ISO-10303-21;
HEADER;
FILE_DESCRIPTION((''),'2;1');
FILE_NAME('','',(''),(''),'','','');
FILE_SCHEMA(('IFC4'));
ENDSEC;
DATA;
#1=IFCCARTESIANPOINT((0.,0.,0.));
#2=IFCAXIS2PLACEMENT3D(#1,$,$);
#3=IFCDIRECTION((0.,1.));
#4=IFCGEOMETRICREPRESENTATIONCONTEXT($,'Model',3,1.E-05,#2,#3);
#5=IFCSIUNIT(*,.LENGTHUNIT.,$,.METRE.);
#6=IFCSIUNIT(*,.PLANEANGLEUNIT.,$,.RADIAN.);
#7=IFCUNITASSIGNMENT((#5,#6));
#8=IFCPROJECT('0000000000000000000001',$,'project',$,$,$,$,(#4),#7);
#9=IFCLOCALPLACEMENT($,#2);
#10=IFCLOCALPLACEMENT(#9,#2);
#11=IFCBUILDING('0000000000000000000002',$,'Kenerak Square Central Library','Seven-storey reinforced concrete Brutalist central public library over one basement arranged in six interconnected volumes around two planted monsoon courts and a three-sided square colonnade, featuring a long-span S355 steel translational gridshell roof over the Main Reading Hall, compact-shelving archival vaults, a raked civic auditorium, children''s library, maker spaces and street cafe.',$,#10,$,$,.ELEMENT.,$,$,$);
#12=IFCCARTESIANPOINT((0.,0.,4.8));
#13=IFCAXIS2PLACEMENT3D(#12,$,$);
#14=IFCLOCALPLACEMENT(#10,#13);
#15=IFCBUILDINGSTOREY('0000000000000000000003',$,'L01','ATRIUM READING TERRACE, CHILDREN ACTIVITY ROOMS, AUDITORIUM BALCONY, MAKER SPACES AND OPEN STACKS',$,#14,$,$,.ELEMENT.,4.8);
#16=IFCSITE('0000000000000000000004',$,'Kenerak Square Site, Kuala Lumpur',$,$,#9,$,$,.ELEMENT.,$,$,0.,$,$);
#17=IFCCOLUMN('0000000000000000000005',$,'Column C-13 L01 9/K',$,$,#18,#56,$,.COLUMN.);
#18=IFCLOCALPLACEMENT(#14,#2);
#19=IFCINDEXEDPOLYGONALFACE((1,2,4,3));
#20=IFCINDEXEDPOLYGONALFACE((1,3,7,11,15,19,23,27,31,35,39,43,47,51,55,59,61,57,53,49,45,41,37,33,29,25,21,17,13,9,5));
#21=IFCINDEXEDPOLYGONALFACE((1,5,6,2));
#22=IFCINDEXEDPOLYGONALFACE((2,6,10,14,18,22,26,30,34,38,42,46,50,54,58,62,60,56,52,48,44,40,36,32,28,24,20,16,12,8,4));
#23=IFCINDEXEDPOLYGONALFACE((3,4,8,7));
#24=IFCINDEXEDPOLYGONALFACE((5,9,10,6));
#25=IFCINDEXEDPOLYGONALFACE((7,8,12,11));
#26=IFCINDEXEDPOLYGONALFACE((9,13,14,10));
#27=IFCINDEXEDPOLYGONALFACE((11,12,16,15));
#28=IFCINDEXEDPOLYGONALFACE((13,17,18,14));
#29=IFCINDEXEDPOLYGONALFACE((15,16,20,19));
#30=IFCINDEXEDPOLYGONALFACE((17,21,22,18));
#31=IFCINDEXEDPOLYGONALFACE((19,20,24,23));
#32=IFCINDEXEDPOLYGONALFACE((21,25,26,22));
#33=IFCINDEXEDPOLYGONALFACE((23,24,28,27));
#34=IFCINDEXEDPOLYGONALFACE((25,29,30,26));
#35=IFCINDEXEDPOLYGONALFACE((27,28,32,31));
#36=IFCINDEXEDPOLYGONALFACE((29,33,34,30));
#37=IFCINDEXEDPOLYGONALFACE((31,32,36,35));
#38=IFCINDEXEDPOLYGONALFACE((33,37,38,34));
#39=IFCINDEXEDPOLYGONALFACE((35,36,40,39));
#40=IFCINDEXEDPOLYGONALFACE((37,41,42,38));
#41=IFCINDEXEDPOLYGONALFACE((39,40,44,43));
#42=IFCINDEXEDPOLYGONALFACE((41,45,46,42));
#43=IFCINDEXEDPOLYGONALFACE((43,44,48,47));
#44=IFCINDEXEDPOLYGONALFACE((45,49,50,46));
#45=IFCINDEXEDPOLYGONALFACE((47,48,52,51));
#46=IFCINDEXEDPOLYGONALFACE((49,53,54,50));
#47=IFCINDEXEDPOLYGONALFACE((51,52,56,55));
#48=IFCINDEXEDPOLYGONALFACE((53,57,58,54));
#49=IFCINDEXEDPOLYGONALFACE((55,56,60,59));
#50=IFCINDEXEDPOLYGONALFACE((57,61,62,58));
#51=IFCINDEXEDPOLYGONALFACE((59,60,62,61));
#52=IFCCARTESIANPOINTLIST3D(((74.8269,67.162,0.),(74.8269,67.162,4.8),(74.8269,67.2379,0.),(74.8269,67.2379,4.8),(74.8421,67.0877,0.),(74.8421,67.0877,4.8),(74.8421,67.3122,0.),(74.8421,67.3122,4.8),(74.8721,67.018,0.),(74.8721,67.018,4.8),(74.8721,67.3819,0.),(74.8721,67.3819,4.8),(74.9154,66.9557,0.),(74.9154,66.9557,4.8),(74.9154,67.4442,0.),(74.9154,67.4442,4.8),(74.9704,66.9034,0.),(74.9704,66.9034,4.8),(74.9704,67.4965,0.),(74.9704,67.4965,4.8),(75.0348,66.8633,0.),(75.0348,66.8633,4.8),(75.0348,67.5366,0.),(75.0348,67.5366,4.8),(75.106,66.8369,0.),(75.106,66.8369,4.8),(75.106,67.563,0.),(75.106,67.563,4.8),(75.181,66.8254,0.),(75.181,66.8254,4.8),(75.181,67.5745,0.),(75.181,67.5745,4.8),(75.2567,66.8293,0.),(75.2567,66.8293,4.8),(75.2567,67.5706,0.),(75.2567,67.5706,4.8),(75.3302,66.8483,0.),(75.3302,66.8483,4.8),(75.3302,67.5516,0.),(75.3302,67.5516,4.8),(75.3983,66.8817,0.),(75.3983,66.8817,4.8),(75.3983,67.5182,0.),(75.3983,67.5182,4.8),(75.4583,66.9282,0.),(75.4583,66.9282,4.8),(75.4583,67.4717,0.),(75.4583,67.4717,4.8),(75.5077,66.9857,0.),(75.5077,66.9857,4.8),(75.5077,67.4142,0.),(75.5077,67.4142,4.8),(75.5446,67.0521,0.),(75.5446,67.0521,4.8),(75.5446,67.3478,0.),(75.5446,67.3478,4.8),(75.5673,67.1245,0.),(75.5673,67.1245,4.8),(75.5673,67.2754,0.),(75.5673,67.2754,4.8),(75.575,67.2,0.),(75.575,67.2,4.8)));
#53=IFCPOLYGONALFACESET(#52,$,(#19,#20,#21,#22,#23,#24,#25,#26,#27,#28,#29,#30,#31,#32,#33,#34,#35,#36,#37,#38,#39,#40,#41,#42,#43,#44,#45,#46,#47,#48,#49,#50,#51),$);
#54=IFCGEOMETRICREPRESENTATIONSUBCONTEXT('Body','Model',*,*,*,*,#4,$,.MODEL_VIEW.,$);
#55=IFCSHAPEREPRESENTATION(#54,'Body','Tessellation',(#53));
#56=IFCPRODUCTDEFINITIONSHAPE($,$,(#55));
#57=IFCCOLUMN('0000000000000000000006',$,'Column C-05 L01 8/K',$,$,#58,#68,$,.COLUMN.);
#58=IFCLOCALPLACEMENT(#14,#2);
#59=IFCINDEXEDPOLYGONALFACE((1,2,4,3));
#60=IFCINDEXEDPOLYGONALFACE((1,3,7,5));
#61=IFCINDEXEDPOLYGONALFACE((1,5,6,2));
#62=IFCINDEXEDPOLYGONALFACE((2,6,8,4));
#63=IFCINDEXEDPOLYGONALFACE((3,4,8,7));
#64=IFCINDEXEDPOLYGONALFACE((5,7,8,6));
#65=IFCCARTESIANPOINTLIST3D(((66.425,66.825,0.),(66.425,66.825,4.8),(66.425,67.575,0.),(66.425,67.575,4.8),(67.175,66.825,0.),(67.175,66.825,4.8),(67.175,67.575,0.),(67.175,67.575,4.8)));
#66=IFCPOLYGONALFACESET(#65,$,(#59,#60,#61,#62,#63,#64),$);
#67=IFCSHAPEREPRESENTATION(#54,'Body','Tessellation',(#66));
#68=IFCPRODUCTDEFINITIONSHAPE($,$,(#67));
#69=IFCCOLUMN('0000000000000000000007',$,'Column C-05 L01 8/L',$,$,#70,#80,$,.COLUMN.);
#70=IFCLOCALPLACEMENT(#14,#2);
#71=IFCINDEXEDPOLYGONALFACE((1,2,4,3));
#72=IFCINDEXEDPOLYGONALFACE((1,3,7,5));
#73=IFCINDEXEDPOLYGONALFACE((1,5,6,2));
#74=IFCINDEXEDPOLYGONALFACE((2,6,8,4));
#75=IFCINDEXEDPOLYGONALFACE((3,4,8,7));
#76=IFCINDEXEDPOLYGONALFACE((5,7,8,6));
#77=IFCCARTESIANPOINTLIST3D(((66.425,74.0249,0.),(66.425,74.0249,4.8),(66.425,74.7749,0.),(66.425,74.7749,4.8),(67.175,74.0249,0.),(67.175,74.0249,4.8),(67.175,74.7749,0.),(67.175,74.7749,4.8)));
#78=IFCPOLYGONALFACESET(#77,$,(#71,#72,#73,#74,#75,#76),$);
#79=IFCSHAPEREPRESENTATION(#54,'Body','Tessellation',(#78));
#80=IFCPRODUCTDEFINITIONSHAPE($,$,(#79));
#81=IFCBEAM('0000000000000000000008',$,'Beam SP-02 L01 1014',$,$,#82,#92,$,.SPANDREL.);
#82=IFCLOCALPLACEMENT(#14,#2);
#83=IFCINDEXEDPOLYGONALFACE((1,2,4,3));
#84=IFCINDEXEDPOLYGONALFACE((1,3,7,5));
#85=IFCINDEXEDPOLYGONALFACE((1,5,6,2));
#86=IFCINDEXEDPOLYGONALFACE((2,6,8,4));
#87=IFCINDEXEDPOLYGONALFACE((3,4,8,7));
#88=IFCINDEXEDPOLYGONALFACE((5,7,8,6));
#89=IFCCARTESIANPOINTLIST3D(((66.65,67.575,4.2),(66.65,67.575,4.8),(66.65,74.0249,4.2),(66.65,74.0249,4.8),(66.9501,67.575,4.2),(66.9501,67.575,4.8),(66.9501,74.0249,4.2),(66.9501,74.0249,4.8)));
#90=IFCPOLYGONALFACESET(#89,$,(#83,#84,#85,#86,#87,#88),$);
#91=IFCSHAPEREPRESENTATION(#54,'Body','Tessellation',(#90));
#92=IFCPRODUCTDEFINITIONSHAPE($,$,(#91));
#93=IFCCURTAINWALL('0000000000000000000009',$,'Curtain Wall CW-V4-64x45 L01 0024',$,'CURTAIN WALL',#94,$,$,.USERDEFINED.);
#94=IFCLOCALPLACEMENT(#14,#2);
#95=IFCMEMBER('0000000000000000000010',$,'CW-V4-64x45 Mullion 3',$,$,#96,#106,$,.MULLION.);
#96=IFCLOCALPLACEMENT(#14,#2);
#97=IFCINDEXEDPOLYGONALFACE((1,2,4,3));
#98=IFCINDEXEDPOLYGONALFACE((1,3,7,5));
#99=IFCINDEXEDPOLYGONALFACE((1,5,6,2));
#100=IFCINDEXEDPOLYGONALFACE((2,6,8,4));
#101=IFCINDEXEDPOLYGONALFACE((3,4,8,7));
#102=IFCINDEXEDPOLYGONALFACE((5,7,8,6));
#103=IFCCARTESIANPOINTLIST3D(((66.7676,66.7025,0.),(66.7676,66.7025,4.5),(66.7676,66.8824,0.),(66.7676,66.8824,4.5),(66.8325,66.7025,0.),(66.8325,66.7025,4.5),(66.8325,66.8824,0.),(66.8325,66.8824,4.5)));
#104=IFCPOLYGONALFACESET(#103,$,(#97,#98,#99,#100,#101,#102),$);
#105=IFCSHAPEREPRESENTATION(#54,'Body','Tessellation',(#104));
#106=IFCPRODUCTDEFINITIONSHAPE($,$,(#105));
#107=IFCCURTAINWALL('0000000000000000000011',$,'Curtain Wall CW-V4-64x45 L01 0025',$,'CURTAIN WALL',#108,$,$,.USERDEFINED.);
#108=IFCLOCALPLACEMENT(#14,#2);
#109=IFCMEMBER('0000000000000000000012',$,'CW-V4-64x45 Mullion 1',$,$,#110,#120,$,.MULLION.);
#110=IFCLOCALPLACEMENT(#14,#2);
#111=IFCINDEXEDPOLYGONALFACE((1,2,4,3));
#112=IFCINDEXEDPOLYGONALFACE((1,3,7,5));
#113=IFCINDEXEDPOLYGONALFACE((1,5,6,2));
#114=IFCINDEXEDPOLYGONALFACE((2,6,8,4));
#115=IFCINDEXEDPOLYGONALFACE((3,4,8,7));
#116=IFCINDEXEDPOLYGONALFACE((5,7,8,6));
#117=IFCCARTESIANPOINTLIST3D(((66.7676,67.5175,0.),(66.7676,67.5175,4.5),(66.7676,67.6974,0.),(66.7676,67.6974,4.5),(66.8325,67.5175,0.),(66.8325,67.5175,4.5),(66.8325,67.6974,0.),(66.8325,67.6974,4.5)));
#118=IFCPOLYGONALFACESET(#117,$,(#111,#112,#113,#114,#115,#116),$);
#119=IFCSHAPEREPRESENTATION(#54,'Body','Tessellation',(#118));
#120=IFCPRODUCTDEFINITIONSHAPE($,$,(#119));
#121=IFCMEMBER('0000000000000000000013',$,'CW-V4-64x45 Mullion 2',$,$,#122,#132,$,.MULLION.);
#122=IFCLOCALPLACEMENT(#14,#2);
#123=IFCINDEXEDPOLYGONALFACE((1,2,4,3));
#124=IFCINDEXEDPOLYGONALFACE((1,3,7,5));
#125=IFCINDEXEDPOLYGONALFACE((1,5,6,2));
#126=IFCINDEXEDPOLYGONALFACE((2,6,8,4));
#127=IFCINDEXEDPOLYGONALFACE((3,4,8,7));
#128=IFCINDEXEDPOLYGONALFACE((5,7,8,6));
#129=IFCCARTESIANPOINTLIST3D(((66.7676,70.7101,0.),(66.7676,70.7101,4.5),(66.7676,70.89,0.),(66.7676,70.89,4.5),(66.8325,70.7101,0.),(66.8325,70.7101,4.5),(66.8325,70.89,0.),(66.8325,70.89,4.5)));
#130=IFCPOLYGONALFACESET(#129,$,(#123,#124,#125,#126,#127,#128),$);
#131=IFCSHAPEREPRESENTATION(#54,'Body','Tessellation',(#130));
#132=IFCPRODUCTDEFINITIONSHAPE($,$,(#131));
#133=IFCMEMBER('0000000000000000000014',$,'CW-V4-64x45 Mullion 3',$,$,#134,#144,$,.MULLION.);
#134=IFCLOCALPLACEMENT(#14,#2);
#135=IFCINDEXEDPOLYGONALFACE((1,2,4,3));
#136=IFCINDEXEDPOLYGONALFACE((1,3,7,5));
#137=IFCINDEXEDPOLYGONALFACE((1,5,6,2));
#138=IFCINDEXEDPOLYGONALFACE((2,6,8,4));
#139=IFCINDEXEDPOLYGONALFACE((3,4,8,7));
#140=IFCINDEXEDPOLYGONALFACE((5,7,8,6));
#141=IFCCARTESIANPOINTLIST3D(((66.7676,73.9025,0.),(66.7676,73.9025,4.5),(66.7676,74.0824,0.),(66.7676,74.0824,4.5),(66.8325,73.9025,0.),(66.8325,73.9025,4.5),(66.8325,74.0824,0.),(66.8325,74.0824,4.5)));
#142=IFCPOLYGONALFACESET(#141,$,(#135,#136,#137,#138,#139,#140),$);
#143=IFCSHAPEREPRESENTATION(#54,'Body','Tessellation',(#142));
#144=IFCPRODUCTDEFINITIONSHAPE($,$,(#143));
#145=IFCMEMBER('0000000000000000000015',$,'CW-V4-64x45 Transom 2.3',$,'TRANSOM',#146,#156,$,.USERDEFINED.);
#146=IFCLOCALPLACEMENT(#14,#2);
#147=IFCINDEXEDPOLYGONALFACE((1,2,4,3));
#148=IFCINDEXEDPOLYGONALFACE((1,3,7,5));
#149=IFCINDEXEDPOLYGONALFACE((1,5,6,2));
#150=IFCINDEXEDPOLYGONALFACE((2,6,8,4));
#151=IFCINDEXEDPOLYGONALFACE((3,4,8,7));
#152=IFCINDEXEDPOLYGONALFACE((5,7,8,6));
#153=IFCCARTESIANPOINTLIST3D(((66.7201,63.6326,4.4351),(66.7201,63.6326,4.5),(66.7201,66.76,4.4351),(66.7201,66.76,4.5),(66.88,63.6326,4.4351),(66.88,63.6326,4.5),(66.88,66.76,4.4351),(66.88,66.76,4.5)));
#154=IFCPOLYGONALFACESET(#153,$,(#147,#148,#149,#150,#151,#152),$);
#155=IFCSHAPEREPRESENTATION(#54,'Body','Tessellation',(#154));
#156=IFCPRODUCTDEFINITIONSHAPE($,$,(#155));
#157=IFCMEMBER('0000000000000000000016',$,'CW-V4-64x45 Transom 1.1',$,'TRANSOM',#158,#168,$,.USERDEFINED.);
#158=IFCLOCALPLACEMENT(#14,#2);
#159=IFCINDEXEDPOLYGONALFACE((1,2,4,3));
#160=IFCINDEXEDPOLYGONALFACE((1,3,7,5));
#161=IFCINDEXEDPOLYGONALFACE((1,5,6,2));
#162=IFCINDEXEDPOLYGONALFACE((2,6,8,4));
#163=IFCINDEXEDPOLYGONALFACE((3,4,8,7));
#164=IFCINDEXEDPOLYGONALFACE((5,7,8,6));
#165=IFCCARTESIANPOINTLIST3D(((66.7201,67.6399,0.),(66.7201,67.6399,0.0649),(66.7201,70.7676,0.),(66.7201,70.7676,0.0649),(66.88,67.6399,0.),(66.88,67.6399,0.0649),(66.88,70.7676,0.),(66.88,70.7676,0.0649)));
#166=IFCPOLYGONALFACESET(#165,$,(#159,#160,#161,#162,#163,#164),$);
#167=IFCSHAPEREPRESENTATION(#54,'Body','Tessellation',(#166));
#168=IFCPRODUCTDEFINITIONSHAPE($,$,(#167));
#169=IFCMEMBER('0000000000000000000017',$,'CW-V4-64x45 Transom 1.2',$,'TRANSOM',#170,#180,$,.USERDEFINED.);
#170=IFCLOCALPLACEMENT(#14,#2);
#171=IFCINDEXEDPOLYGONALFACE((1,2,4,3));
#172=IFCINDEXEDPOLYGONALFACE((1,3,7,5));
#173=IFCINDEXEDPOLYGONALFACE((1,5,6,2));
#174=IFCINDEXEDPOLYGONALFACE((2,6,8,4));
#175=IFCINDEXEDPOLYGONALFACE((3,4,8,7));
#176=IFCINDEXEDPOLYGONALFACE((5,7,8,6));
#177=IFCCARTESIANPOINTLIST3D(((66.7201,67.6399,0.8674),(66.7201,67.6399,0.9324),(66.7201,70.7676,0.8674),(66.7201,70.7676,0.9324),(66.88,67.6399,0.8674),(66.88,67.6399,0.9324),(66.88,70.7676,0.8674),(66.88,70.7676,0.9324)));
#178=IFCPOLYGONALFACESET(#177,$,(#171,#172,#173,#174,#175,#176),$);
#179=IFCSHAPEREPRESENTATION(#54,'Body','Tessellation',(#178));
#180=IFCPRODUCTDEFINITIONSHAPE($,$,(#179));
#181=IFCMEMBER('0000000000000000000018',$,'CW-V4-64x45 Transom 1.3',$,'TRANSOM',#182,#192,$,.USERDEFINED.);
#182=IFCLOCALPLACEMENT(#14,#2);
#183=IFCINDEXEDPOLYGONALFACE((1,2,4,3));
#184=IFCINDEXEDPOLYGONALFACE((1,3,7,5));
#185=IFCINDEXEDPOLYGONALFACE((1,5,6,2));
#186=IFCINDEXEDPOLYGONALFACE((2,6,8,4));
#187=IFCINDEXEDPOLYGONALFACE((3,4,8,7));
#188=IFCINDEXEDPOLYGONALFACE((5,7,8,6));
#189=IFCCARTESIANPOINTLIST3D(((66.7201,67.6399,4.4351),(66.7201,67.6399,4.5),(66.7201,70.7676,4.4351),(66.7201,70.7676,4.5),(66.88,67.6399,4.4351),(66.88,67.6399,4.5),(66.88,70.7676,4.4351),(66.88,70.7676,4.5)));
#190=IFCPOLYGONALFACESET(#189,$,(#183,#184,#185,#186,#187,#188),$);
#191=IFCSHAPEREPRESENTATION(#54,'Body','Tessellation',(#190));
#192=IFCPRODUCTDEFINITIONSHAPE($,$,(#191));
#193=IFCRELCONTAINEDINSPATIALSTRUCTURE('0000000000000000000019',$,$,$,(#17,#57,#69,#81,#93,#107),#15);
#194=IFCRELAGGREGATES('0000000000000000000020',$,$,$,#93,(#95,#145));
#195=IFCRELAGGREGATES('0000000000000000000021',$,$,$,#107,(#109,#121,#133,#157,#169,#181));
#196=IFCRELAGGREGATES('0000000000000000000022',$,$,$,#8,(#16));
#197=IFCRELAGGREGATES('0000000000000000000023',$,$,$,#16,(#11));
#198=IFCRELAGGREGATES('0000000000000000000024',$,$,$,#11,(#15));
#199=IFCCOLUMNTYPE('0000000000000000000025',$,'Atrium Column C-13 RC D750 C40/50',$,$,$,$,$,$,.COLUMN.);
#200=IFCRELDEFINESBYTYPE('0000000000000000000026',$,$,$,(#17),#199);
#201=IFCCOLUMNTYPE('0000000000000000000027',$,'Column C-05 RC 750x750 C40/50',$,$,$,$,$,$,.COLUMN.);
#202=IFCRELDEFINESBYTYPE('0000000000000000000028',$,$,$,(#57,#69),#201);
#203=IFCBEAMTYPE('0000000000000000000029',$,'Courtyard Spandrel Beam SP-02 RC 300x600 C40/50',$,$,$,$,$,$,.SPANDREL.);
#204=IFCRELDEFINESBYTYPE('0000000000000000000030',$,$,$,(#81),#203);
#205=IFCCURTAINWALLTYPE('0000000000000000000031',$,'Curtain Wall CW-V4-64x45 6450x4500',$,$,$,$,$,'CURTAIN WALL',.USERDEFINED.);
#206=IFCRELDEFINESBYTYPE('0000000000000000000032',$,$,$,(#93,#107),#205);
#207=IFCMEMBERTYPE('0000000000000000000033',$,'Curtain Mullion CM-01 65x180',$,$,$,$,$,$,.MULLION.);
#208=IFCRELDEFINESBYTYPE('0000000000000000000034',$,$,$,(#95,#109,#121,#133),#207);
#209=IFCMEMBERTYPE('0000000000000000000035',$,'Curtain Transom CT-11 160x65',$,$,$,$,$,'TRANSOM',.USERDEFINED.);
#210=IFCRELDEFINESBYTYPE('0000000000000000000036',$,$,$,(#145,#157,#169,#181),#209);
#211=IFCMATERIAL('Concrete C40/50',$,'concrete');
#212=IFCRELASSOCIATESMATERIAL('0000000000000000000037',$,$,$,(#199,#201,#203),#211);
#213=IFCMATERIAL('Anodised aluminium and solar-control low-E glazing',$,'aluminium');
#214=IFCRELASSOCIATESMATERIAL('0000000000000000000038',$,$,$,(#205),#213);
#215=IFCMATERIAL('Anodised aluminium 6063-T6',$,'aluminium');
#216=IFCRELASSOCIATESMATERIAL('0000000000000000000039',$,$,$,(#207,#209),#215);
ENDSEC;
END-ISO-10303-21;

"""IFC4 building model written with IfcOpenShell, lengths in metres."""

from ifc_helpers import new_model, si_unit, direction, frame, origin, origin_2d, place, context, subcontext, project, spatial, rectangle, circle, extrude, material, material_profile, profile_set, type_object, element, aggregate, save


model = new_model("IFC4")

# Units and contexts
model_context = context("Model", 3, precision=1e-05, world=origin(), true_north=direction((0.0, 1.0)))
body_context = subcontext(model_context, "Body", "Model", "MODEL_VIEW")
ifc_project = project(units=[si_unit("LENGTHUNIT", "METRE"), si_unit("PLANEANGLEUNIT", "RADIAN")], contexts=[model_context])

# Site, building, storey
site_placement = place(None, origin())
site = spatial("IfcSite", under=ifc_project, at=site_placement, Name="Kenerak Square Site, Kuala Lumpur", CompositionType="ELEMENT", RefElevation=0.0)
building_placement = place(site_placement, origin())
building = spatial("IfcBuilding", under=site, at=building_placement, Name="Kenerak Square Central Library", Description="Seven-storey reinforced concrete Brutalist central public library over one basement arranged in six interconnected volumes around two planted monsoon courts and a three-sided square colonnade, featuring a long-span S355 steel translational gridshell roof over the Main Reading Hall, compact-shelving archival vaults, a raked civic auditorium, children's library, maker spaces and street cafe.", CompositionType="ELEMENT")
storey_placement = place(building_placement, frame((0.0, 0.0, 4.8)))
storey = spatial("IfcBuildingStorey", under=building, at=storey_placement, Name="L01", Description="ATRIUM READING TERRACE, CHILDREN ACTIVITY ROOMS, AUDITORIUM BALCONY, MAKER SPACES AND OPEN STACKS", CompositionType="ELEMENT", Elevation=4.8)

# Columns
ifc_material_1 = material(Name="Concrete C40/50", Category="concrete")
ifc_material_profile_1 = material_profile(ifc_material_1, circle(Radius=0.375, at=origin_2d()), Name="RC D750")
ifc_profile_set_1 = profile_set([ifc_material_profile_1], Name="Concrete C40/50")
column_type_1 = type_object("IfcColumnType", Name="Atrium Column C-13 RC D750 C40/50", PredefinedType="COLUMN", material=ifc_profile_set_1)
column_placement = place(storey_placement, frame((75.2, 67.2, 0.0), z_axis=(0.0, 0.0, 1.0), x_axis=(1.0, 0.0, 0.0)))
element("IfcColumn", 1, at=column_placement, inside=storey, type_object=column_type_1, Name="Column C-13 L01 9/K", PredefinedType="COLUMN", context=body_context, shape_type="SweptSolid", body=[
    extrude(circle(Radius=0.375, at=origin_2d()), origin(), (0.0, 0.0, 1.0), 4.8),
])
ifc_material_profile_2 = material_profile(ifc_material_1, rectangle(XDim=0.75, YDim=0.75, at=origin_2d()), Name="RC 750x750")
ifc_profile_set_2 = profile_set([ifc_material_profile_2], Name="Concrete C40/50")
column_type_2 = type_object("IfcColumnType", Name="Column C-05 RC 750x750 C40/50", PredefinedType="COLUMN", material=ifc_profile_set_2)
for number, where, z_axis, x_axis, name in (
    (2, (66.8, 67.2, 0.0), (0.0, 0.0, 1.0), (1.0, 0.0, 0.0), "Column C-05 L01 8/K"),
    (3, (66.8, 74.3999, 0.0), (0.0, 0.0, 1.0), (1.0, 0.0, 0.0), "Column C-05 L01 8/L"),
):
    element("IfcColumn", number, at=place(storey_placement, frame(where, z_axis=z_axis, x_axis=x_axis)), inside=storey, type_object=column_type_2, Name=name, PredefinedType="COLUMN", context=body_context, shape_type="SweptSolid", body=[
        extrude(rectangle(XDim=0.75, YDim=0.75, at=origin_2d()), origin(), (0.0, 0.0, 1.0), 4.8),
    ])

# Beam
ifc_material_profile_3 = material_profile(ifc_material_1, rectangle(XDim=0.3, YDim=0.6001, at=origin_2d()), Name="RC 300x600")
ifc_profile_set_3 = profile_set([ifc_material_profile_3], Name="Concrete C40/50")
beam_type_1 = type_object("IfcBeamType", Name="Courtyard Spandrel Beam SP-02 RC 300x600 C40/50", PredefinedType="SPANDREL", material=ifc_profile_set_3)
beam_1_placement = place(storey_placement, frame((66.8, 67.575, 4.5), z_axis=(0.0, 1.0, 0.0), x_axis=(-1.0, 0.0, 0.0)))
element("IfcBeam", 4, at=beam_1_placement, inside=storey, type_object=beam_type_1, Name="Beam SP-02 L01 1014", PredefinedType="SPANDREL", context=body_context, shape_type="SweptSolid", body=[
    extrude(rectangle(XDim=0.3, YDim=0.6001, at=origin_2d()), origin(), (0.0, 0.0, 1.0), 6.45),
])

# Curtain wall, member
ifc_material_2 = material(Name="Anodised aluminium and solar-control low-E glazing", Category="aluminium")
curtain_wall_type = type_object("IfcCurtainWallType", Name="Curtain Wall CW-V4-64x45 6450x4500", ElementType="CURTAIN WALL", PredefinedType="USERDEFINED", material=ifc_material_2)
curtain_wall_1_placement = place(storey_placement, origin())
curtain_wall_1 = element("IfcCurtainWall", 5, at=curtain_wall_1_placement, inside=storey, type_object=curtain_wall_type, Name="Curtain Wall CW-V4-64x45 L01 0024", ObjectType="CURTAIN WALL", PredefinedType="USERDEFINED")
ifc_material_3 = material(Name="Anodised aluminium 6063-T6", Category="aluminium")
ifc_material_profile_4 = material_profile(ifc_material_3, rectangle(XDim=0.0649, YDim=0.1799, at=origin_2d()), Name="AL MULLION 65x180")
ifc_profile_set_4 = profile_set([ifc_material_profile_4], Name="Anodised aluminium 6063-T6")
member_type_1 = type_object("IfcMemberType", Name="Curtain Mullion CM-01 65x180", PredefinedType="MULLION", material=ifc_profile_set_4)
member_1_placement = place(storey_placement, frame((66.8, 66.7925, 0.0), z_axis=(0.0, 0.0, 1.0), x_axis=(-1.0, 0.0, 0.0)))
member_1 = element("IfcMember", 6, at=member_1_placement, type_object=member_type_1, Name="CW-V4-64x45 Mullion 3", PredefinedType="MULLION", context=body_context, shape_type="SweptSolid", body=[
    extrude(rectangle(XDim=0.0649, YDim=0.1799, at=origin_2d()), origin(), (0.0, 0.0, 1.0), 4.5),
])

# Curtain wall, members
curtain_wall_2_placement = place(storey_placement, origin())
curtain_wall_2 = element("IfcCurtainWall", 7, at=curtain_wall_2_placement, inside=storey, type_object=curtain_wall_type, Name="Curtain Wall CW-V4-64x45 L01 0025", ObjectType="CURTAIN WALL", PredefinedType="USERDEFINED")
member_2_placement = place(storey_placement, frame((66.8, 67.6074, 0.0), z_axis=(0.0, 0.0, 1.0), x_axis=(-1.0, 0.0, 0.0)))
member_2 = element("IfcMember", 8, at=member_2_placement, type_object=member_type_1, Name="CW-V4-64x45 Mullion 1", PredefinedType="MULLION", context=body_context, shape_type="SweptSolid", body=[
    extrude(rectangle(XDim=0.0649, YDim=0.1799, at=origin_2d()), origin(), (0.0, 0.0, 1.0), 4.5),
])
member_3_placement = place(storey_placement, frame((66.8, 70.8, 0.0), z_axis=(0.0, 0.0, 1.0), x_axis=(-1.0, 0.0, 0.0)))
member_3 = element("IfcMember", 9, at=member_3_placement, type_object=member_type_1, Name="CW-V4-64x45 Mullion 2", PredefinedType="MULLION", context=body_context, shape_type="SweptSolid", body=[
    extrude(rectangle(XDim=0.0649, YDim=0.1799, at=origin_2d()), origin(), (0.0, 0.0, 1.0), 4.5),
])
member_4_placement = place(storey_placement, frame((66.8, 73.9924, 0.0), z_axis=(0.0, 0.0, 1.0), x_axis=(-1.0, 0.0, 0.0)))
member_4 = element("IfcMember", 10, at=member_4_placement, type_object=member_type_1, Name="CW-V4-64x45 Mullion 3", PredefinedType="MULLION", context=body_context, shape_type="SweptSolid", body=[
    extrude(rectangle(XDim=0.0649, YDim=0.1799, at=origin_2d()), origin(), (0.0, 0.0, 1.0), 4.5),
])

# Members
ifc_material_profile_5 = material_profile(ifc_material_3, rectangle(XDim=0.1599, YDim=0.0649, at=origin_2d()), Name="AL TRANSOM 160x65")
ifc_profile_set_5 = profile_set([ifc_material_profile_5], Name="Anodised aluminium 6063-T6")
member_type_2 = type_object("IfcMemberType", Name="Curtain Transom CT-11 160x65", ElementType="TRANSOM", PredefinedType="USERDEFINED", material=ifc_profile_set_5)
member_5_placement = place(storey_placement, frame((66.8, 63.6326, 4.4675), z_axis=(0.0, 1.0, 0.0), x_axis=(-1.0, 0.0, 0.0)))
member_5 = element("IfcMember", 11, at=member_5_placement, type_object=member_type_2, Name="CW-V4-64x45 Transom 2.3", ObjectType="TRANSOM", PredefinedType="USERDEFINED", context=body_context, shape_type="SweptSolid", body=[
    extrude(rectangle(XDim=0.1599, YDim=0.0649, at=origin_2d()), origin(), (0.0, 0.0, 1.0), 3.1274),
])
member_6_placement = place(storey_placement, frame((66.8, 67.6399, 0.0325), z_axis=(0.0, 1.0, 0.0), x_axis=(-1.0, 0.0, 0.0)))
member_6 = element("IfcMember", 12, at=member_6_placement, type_object=member_type_2, Name="CW-V4-64x45 Transom 1.1", ObjectType="TRANSOM", PredefinedType="USERDEFINED", context=body_context, shape_type="SweptSolid", body=[
    extrude(rectangle(XDim=0.1599, YDim=0.0649, at=origin_2d()), origin(), (0.0, 0.0, 1.0), 3.1277),
])
member_7_placement = place(storey_placement, frame((66.8, 67.6399, 0.8999), z_axis=(0.0, 1.0, 0.0), x_axis=(-1.0, 0.0, 0.0)))
member_7 = element("IfcMember", 13, at=member_7_placement, type_object=member_type_2, Name="CW-V4-64x45 Transom 1.2", ObjectType="TRANSOM", PredefinedType="USERDEFINED", context=body_context, shape_type="SweptSolid", body=[
    extrude(rectangle(XDim=0.1599, YDim=0.0649, at=origin_2d()), origin(), (0.0, 0.0, 1.0), 3.1277),
])
member_8_placement = place(storey_placement, frame((66.8, 67.6399, 4.4675), z_axis=(0.0, 1.0, 0.0), x_axis=(-1.0, 0.0, 0.0)))
member_8 = element("IfcMember", 14, at=member_8_placement, type_object=member_type_2, Name="CW-V4-64x45 Transom 1.3", ObjectType="TRANSOM", PredefinedType="USERDEFINED", context=body_context, shape_type="SweptSolid", body=[
    extrude(rectangle(XDim=0.1599, YDim=0.0649, at=origin_2d()), origin(), (0.0, 0.0, 1.0), 3.1277),
])

aggregate(curtain_wall_1, [member_1, member_5])
aggregate(curtain_wall_2, [member_2, member_3, member_4, member_6, member_7, member_8])

save(model, "model.ifc")
